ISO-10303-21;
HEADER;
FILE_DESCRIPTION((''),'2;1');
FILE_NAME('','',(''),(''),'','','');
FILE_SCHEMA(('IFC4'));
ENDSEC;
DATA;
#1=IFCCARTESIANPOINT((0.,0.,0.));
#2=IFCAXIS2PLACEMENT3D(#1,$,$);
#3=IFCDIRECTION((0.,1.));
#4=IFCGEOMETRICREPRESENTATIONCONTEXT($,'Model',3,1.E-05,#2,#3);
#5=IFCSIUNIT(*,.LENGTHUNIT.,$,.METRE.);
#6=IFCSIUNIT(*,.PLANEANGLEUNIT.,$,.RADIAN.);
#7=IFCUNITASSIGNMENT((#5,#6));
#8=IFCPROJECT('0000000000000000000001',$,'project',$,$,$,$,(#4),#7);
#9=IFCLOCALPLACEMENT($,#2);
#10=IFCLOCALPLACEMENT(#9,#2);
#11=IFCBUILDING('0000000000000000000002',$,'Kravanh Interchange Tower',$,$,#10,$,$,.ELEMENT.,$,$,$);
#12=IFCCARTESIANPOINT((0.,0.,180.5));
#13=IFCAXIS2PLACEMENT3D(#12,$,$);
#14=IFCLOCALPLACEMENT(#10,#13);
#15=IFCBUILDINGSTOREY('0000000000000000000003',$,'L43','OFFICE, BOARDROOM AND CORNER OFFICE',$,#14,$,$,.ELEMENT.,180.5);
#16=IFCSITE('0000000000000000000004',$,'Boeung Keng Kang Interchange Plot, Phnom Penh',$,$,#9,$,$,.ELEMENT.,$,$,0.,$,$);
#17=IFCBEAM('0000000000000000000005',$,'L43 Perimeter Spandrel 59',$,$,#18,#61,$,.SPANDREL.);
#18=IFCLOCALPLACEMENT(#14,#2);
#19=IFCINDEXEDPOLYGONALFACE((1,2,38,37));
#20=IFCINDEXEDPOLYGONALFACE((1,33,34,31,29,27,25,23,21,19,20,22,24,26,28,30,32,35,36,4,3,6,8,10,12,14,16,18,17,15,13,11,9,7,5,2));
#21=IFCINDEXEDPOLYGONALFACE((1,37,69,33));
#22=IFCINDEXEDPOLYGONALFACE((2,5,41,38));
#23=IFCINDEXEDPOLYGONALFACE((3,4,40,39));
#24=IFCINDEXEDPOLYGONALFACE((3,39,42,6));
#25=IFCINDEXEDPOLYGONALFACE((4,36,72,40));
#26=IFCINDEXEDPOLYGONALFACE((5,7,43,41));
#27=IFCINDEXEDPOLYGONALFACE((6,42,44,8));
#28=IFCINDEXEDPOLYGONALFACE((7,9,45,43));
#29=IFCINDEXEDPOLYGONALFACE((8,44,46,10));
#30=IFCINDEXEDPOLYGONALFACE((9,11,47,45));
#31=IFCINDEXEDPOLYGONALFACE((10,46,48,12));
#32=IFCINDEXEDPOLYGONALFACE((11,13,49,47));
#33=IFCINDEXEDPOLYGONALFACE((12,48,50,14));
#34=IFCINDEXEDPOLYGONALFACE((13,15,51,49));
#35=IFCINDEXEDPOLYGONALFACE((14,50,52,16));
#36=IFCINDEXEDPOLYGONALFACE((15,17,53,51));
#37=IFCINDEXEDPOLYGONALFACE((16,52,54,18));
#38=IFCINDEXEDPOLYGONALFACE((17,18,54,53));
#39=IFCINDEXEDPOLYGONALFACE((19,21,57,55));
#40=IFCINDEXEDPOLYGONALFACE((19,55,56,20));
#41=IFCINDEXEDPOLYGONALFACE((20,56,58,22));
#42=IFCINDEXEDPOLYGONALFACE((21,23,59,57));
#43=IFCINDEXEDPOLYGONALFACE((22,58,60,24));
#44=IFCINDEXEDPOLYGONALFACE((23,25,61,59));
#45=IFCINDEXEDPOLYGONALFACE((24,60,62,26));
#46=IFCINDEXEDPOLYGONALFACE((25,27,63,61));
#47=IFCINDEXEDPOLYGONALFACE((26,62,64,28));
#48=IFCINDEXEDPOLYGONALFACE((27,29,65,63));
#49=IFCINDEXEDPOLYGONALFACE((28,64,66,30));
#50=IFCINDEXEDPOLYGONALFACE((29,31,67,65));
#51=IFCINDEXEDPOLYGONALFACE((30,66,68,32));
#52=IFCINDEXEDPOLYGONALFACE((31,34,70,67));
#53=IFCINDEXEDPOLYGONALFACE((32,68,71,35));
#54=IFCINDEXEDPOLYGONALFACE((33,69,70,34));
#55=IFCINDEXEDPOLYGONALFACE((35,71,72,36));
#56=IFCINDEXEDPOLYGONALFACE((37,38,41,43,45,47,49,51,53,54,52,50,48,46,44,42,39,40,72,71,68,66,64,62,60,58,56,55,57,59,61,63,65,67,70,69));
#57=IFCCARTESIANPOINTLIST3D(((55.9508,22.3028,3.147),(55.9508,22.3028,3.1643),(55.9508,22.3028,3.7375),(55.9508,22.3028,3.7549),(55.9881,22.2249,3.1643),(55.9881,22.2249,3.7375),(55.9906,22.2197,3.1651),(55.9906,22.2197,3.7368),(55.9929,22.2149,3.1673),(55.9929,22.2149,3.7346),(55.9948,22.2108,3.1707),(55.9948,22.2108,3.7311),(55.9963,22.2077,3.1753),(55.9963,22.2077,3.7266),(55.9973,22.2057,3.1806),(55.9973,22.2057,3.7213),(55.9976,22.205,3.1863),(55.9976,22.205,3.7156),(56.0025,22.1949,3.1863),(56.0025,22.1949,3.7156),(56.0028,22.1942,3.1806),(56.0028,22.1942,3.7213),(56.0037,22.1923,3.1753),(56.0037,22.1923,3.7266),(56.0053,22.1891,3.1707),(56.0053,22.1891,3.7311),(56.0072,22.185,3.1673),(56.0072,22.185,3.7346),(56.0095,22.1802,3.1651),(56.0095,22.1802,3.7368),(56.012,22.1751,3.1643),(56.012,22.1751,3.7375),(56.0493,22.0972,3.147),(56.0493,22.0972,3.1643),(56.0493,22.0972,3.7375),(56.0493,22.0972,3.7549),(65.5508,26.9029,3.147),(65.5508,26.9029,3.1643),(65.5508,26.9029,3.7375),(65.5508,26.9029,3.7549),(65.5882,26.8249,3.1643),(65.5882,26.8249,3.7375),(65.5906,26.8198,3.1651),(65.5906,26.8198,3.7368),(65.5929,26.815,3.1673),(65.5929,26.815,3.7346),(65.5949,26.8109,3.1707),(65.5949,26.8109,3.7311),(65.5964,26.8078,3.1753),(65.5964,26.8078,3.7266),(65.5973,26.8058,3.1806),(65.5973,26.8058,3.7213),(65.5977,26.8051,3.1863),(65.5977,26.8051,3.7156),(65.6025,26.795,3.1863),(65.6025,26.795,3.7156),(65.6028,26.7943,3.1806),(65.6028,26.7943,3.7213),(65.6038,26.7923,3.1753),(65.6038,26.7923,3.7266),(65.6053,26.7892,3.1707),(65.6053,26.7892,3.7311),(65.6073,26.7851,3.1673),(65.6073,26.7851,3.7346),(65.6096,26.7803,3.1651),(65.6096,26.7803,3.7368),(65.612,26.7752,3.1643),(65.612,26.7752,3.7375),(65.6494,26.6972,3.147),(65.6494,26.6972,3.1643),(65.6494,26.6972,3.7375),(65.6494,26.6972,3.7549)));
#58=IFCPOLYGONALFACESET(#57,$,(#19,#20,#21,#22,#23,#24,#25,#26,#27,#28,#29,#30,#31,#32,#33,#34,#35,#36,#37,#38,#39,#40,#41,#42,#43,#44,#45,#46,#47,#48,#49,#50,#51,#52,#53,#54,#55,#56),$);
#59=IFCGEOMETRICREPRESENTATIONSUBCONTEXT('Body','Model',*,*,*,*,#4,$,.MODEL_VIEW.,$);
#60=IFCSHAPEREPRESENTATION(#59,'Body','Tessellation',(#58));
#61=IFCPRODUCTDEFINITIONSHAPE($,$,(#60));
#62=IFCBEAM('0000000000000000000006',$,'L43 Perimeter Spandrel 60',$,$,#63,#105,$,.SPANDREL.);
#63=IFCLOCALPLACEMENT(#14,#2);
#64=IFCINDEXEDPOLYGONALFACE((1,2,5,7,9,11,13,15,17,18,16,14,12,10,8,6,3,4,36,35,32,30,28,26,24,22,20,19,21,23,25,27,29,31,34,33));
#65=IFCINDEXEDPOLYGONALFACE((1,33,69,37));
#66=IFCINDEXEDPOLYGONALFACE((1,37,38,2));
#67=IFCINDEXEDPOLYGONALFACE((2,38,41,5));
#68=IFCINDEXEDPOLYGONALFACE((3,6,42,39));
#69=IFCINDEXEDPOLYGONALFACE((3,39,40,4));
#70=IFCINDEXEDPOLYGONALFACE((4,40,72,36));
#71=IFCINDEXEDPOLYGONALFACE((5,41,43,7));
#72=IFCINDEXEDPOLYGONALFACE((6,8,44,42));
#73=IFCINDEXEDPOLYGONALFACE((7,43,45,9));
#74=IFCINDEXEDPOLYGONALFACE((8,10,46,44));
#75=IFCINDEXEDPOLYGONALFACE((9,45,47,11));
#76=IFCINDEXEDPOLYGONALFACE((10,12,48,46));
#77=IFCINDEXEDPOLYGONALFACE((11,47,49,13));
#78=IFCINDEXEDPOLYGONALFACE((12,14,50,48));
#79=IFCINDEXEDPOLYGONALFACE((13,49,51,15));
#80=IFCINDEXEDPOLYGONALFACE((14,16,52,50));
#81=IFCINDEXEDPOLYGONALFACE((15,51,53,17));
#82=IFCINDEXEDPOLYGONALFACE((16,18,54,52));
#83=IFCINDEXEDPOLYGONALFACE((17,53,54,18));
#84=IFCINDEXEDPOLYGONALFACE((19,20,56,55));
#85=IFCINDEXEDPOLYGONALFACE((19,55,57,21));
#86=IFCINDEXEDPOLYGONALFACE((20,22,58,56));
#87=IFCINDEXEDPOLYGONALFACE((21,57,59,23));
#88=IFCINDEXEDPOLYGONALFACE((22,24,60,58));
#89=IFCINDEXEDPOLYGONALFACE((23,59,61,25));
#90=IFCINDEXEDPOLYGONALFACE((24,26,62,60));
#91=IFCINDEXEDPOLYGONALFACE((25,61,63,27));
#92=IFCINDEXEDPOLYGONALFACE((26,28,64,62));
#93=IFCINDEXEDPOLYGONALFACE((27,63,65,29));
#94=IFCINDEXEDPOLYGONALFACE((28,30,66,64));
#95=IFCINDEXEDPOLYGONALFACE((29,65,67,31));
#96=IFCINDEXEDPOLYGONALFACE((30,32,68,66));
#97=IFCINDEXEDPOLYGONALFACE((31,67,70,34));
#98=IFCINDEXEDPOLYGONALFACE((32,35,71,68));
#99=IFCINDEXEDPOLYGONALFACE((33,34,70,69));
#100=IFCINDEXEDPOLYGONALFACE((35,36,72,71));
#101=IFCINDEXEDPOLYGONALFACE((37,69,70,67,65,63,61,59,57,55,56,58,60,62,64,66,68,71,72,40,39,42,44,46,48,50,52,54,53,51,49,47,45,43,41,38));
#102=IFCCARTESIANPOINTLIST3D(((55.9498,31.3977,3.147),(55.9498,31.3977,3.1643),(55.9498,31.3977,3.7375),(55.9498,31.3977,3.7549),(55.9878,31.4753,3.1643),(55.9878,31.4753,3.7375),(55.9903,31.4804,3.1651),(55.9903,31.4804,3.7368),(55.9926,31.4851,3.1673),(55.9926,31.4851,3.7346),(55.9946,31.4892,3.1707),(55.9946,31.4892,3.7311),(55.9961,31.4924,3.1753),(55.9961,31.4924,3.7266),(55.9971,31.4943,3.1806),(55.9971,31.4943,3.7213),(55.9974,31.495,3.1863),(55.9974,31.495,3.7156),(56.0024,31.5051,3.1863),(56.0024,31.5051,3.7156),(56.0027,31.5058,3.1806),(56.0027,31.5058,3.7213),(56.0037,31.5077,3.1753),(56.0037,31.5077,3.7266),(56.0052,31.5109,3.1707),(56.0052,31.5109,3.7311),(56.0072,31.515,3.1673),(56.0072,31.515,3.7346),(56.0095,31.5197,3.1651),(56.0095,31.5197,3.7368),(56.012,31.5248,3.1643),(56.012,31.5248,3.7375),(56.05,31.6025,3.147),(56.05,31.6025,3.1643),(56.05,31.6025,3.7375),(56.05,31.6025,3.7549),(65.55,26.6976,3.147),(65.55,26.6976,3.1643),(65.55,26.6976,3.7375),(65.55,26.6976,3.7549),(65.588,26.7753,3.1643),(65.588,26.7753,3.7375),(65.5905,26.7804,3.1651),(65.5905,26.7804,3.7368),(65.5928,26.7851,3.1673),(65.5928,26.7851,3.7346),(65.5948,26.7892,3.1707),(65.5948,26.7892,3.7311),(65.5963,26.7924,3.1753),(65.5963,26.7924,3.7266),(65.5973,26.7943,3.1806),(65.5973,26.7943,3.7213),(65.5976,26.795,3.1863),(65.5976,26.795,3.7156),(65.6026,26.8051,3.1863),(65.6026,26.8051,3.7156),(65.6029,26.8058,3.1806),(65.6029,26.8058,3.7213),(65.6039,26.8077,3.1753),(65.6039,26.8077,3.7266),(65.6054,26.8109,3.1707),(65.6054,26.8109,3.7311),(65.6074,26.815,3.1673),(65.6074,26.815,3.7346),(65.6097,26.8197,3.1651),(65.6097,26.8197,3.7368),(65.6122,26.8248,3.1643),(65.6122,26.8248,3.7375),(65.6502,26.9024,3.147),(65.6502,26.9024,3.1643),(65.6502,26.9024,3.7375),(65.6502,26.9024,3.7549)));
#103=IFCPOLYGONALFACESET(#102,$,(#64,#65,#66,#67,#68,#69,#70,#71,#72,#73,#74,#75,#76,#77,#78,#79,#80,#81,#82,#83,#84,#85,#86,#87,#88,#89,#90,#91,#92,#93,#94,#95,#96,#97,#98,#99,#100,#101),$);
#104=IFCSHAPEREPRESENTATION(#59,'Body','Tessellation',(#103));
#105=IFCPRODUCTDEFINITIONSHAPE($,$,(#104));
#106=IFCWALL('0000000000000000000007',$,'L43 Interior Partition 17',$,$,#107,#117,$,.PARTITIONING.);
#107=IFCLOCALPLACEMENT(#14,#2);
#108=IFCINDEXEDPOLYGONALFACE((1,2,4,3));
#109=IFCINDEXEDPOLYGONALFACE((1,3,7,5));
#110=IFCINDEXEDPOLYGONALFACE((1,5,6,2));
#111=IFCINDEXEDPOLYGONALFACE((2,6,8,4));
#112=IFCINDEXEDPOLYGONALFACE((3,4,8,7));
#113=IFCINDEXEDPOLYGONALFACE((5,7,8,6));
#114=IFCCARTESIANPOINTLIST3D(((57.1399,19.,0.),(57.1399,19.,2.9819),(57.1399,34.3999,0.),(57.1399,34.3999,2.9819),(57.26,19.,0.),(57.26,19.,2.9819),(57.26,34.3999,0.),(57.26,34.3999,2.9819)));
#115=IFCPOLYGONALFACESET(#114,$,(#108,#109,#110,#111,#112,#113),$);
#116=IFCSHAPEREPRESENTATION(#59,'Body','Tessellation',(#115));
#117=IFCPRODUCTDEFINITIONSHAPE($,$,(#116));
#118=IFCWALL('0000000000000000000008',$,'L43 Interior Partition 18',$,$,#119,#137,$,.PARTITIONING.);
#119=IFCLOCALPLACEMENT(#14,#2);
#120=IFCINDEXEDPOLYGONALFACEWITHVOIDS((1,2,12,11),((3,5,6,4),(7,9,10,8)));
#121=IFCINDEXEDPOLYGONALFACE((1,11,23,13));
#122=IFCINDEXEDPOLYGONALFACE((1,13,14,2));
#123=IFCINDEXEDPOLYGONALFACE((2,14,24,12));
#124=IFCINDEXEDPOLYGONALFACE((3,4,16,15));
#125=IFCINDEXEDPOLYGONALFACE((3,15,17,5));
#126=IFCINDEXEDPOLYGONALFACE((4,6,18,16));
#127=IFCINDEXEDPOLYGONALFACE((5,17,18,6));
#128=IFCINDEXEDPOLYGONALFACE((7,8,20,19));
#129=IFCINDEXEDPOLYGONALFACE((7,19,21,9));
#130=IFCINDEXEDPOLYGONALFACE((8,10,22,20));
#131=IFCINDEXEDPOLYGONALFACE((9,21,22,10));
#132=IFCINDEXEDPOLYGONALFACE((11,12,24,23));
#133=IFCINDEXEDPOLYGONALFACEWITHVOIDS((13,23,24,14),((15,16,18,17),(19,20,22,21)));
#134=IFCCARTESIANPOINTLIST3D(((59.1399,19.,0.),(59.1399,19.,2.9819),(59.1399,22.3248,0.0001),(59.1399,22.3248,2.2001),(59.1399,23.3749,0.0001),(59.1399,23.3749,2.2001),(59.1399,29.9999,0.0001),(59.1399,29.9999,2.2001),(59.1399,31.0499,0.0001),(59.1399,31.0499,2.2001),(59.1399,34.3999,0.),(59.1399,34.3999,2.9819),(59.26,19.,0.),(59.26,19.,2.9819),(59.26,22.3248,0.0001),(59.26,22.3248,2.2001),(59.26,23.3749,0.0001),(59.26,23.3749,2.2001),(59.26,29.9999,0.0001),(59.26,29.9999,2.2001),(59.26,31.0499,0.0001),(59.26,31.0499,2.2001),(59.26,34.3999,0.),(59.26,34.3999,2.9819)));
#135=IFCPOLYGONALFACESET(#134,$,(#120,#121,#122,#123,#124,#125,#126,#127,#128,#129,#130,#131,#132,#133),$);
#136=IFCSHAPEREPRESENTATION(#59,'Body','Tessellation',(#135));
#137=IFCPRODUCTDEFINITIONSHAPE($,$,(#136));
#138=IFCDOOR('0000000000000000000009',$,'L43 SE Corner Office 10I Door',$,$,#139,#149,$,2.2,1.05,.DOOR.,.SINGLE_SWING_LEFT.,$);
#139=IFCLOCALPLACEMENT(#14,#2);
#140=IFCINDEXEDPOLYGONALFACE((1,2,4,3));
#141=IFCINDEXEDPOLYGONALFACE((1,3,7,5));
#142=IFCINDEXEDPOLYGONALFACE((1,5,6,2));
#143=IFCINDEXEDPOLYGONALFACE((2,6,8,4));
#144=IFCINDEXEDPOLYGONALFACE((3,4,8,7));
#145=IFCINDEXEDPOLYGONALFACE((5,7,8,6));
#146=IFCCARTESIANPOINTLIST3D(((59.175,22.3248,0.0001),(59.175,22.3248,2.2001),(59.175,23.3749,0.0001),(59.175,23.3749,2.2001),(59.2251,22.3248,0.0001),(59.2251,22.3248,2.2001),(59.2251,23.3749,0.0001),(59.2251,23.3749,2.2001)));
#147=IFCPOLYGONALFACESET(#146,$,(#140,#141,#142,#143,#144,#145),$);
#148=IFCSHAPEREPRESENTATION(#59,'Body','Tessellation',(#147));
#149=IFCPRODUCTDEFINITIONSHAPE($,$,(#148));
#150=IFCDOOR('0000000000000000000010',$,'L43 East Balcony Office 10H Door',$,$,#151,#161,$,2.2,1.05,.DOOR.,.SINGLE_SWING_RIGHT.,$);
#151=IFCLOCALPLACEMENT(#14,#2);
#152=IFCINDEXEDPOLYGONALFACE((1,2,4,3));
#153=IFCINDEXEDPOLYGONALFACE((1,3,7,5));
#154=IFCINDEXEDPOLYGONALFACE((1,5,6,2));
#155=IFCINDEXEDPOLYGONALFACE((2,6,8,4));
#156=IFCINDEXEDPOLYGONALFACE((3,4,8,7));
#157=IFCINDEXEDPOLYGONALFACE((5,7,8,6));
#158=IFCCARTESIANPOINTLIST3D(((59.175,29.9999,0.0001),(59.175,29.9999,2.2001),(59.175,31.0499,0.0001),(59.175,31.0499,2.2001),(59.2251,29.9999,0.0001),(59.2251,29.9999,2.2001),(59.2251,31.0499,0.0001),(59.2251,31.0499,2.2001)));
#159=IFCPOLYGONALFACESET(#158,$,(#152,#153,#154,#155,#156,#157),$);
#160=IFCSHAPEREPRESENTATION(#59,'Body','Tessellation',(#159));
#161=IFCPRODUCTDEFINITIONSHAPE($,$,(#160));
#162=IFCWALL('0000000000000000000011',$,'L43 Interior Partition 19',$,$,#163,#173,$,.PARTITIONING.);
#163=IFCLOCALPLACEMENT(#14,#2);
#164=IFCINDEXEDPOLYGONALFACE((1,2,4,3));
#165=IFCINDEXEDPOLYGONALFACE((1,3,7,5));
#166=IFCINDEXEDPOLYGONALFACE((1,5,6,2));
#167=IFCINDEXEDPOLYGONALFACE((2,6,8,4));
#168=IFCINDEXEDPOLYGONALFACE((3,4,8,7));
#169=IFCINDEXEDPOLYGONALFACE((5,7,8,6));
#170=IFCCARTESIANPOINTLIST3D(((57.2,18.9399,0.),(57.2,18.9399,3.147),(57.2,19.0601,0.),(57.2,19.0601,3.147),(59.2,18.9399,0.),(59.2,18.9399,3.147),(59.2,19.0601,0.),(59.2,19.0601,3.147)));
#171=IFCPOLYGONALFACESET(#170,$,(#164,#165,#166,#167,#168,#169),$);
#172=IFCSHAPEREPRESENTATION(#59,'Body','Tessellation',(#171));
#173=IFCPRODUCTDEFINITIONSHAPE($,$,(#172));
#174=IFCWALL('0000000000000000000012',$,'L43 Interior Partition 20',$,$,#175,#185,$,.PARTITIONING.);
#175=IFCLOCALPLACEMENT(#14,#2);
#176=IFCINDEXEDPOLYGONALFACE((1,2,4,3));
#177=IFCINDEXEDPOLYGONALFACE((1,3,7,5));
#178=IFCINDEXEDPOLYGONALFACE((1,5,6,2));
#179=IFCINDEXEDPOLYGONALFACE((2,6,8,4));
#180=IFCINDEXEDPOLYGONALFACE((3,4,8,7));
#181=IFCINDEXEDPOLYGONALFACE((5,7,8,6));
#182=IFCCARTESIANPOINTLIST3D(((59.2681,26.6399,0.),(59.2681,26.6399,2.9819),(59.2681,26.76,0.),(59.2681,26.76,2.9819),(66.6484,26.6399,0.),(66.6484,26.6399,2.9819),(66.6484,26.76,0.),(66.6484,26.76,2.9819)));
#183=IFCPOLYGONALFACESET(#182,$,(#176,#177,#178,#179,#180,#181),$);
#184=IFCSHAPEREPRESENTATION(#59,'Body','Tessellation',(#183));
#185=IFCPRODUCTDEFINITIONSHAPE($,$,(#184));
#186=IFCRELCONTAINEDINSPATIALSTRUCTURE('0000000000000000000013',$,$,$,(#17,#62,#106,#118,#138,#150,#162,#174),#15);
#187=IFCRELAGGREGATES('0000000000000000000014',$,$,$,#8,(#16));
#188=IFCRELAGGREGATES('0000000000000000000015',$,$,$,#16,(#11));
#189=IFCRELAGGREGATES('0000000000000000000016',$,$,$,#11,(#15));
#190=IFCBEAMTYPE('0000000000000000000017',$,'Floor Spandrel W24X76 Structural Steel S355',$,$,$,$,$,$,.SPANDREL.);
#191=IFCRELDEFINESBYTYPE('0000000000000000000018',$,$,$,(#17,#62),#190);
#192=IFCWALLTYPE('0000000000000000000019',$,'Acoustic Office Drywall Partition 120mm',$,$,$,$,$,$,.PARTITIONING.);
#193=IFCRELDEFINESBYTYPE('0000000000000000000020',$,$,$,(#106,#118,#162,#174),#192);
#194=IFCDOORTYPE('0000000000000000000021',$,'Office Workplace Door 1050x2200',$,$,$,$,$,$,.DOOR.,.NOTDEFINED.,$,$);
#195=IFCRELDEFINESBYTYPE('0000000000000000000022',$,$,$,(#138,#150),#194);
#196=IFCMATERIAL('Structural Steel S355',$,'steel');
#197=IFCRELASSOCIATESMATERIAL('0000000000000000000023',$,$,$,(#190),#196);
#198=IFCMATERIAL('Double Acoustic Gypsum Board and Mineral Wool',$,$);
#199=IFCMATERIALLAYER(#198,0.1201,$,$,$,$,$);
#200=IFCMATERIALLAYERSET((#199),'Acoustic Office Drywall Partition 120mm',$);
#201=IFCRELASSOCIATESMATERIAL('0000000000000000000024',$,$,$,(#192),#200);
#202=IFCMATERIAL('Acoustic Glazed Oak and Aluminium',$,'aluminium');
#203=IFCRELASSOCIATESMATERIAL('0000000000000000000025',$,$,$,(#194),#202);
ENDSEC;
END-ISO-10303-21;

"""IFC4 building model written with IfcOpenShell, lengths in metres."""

from ifc_helpers import new_model, si_unit, direction, frame, frame_2d, origin, origin_2d, place, context, subcontext, project, spatial, rectangle, i_section, extrude, material, layer, layer_set, material_profile, profile_set, type_object, element, fill, save


model = new_model("IFC4")

# Units and contexts
model_context = context("Model", 3, precision=1e-05, world=origin(), true_north=direction((0.0, 1.0)))
body_context = subcontext(model_context, "Body", "Model", "MODEL_VIEW")
ifc_project = project(units=[si_unit("LENGTHUNIT", "METRE"), si_unit("PLANEANGLEUNIT", "RADIAN")], contexts=[model_context])

# Site, building, storey
site_placement = place(None, origin())
site = spatial("IfcSite", under=ifc_project, at=site_placement, Name="Boeung Keng Kang Interchange Plot, Phnom Penh", CompositionType="ELEMENT", RefElevation=0.0)
building_placement = place(site_placement, origin())
building = spatial("IfcBuilding", under=site, at=building_placement, Name="Kravanh Interchange Tower", CompositionType="ELEMENT")
storey_placement = place(building_placement, frame((0.0, 0.0, 180.5)))
storey = spatial("IfcBuildingStorey", under=building, at=storey_placement, Name="L43", Description="OFFICE, BOARDROOM AND CORNER OFFICE", CompositionType="ELEMENT", Elevation=180.5)

# Beams
ifc_material_1 = material(Name="Structural Steel S355", Category="steel")
ifc_material_profile_1 = material_profile(ifc_material_1, i_section(OverallWidth=0.228, OverallDepth=0.6079, WebThickness=0.0112, FlangeThickness=0.0173, FilletRadius=0.022, at=origin_2d()), Name="W24X76")
ifc_profile_set_1 = profile_set([ifc_material_profile_1], Name="Structural Steel S355")
beam_type_1 = type_object("IfcBeamType", Name="Floor Spandrel W24X76 Structural Steel S355", PredefinedType="SPANDREL", material=ifc_profile_set_1)
beam_1_placement = place(storey_placement, frame((65.6001, 26.8, 3.4509), z_axis=(-0.901814, -0.432124, 0.0), x_axis=(0.432124, -0.901814, 0.0)))
element("IfcBeam", 1, at=beam_1_placement, inside=storey, type_object=beam_type_1, Name="L43 Perimeter Spandrel 59", PredefinedType="SPANDREL", context=body_context, shape_type="SweptSolid", body=[
    extrude(i_section(OverallWidth=0.228, OverallDepth=0.6079, WebThickness=0.0112, FlangeThickness=0.0173, FilletRadius=0.022, at=origin_2d()), origin(), (0.0, 0.0, 1.0), 10.6453),
])
beam_2_placement = place(storey_placement, frame((65.6001, 26.8, 3.4509), z_axis=(-0.898142, 0.439706, 0.0), x_axis=(-0.439706, -0.898142, 0.0)))
element("IfcBeam", 2, at=beam_2_placement, inside=storey, type_object=beam_type_1, Name="L43 Perimeter Spandrel 60", PredefinedType="SPANDREL", context=body_context, shape_type="SweptSolid", body=[
    extrude(i_section(OverallWidth=0.228, OverallDepth=0.6079, WebThickness=0.0112, FlangeThickness=0.0173, FilletRadius=0.022, at=origin_2d()), origin(), (0.0, 0.0, 1.0), 10.689),
])

# Wall
ifc_material_2 = material(Name="Double Acoustic Gypsum Board and Mineral Wool")
ifc_layer_1 = layer(ifc_material_2, 0.1201)
ifc_layer_set_1 = layer_set([ifc_layer_1], Name="Acoustic Office Drywall Partition 120mm")
wall_type = type_object("IfcWallType", Name="Acoustic Office Drywall Partition 120mm", PredefinedType="PARTITIONING", material=ifc_layer_set_1)
wall_1_placement = place(storey_placement, frame((57.2, 19.0, 0.0), z_axis=(0.0, 0.0, 1.0), x_axis=(0.0, 1.0, 0.0)))
element("IfcWall", 3, at=wall_1_placement, inside=storey, type_object=wall_type, Name="L43 Interior Partition 17", PredefinedType="PARTITIONING", context=body_context, shape_type="SweptSolid", body=[
    extrude(rectangle(XDim=15.3999, YDim=0.1201, at=frame_2d((7.7, 0.0))), origin(), (0.0, 0.0, 1.0), 2.9819),
])

# Wall, openings, doors
wall_2_placement = place(storey_placement, frame((59.2, 19.0, 0.0), z_axis=(0.0, 0.0, 1.0), x_axis=(0.0, 1.0, 0.0)))
wall_2 = element("IfcWall", 4, at=wall_2_placement, inside=storey, type_object=wall_type, Name="L43 Interior Partition 18", PredefinedType="PARTITIONING", context=body_context, shape_type="SweptSolid", body=[
    extrude(rectangle(XDim=15.3999, YDim=0.1201, at=frame_2d((7.7, 0.0))), origin(), (0.0, 0.0, 1.0), 2.9819),
])
opening_1_placement = place(wall_2_placement, frame((3.325, 0.0, 0.0)))
opening_1 = element("IfcOpeningElement", 5, at=opening_1_placement, cuts=wall_2, PredefinedType="OPENING", context=body_context, shape_type="SweptSolid", body=[
    extrude(rectangle(XDim=1.05, YDim=2.2, at=frame_2d((0.5249, 1.1001))), frame((0.0, 0.0701, 0.0), z_axis=(0.0, -1.0, 0.0), x_axis=(1.0, 0.0, 0.0)), (0.0, 0.0, 1.0), 0.1401),
])
opening_2_placement = place(wall_2_placement, frame((11.0, 0.0, 0.0)))
opening_2 = element("IfcOpeningElement", 6, at=opening_2_placement, cuts=wall_2, PredefinedType="OPENING", context=body_context, shape_type="SweptSolid", body=[
    extrude(rectangle(XDim=1.05, YDim=2.2, at=frame_2d((0.5249, 1.1001))), frame((0.0, 0.0701, 0.0), z_axis=(0.0, -1.0, 0.0), x_axis=(1.0, 0.0, 0.0)), (0.0, 0.0, 1.0), 0.1401),
])
ifc_material_3 = material(Name="Acoustic Glazed Oak and Aluminium", Category="aluminium")
door_type = type_object("IfcDoorType", Name="Office Workplace Door 1050x2200", OperationType="NOTDEFINED", PredefinedType="DOOR", material=ifc_material_3)
door_1_placement = place(opening_1_placement, origin())
door_1 = element("IfcDoor", 7, at=door_1_placement, inside=storey, type_object=door_type, Name="L43 SE Corner Office 10I Door", OperationType="SINGLE_SWING_LEFT", OverallHeight=2.2, OverallWidth=1.05, PredefinedType="DOOR", context=body_context, shape_type="SweptSolid", body=[
    extrude(rectangle(XDim=1.05, YDim=2.2, at=frame_2d((0.5249, 1.1001))), frame((0.0, 0.0249, 0.0), z_axis=(0.0, -1.0, 0.0), x_axis=(1.0, 0.0, 0.0)), (0.0, 0.0, 1.0), 0.05),
])
fill(opening_1, door_1)
door_2_placement = place(opening_2_placement, origin())
door_2 = element("IfcDoor", 8, at=door_2_placement, inside=storey, type_object=door_type, Name="L43 East Balcony Office 10H Door", OperationType="SINGLE_SWING_RIGHT", OverallHeight=2.2, OverallWidth=1.05, PredefinedType="DOOR", context=body_context, shape_type="SweptSolid", body=[
    extrude(rectangle(XDim=1.05, YDim=2.2, at=frame_2d((0.5249, 1.1001))), frame((0.0, 0.0249, 0.0), z_axis=(0.0, -1.0, 0.0), x_axis=(1.0, 0.0, 0.0)), (0.0, 0.0, 1.0), 0.05),
])
fill(opening_2, door_2)

# Walls
wall_3_placement = place(storey_placement, frame((57.2, 19.0, 0.0), z_axis=(0.0, 0.0, 1.0), x_axis=(1.0, 0.0, 0.0)))
element("IfcWall", 9, at=wall_3_placement, inside=storey, type_object=wall_type, Name="L43 Interior Partition 19", PredefinedType="PARTITIONING", context=body_context, shape_type="SweptSolid", body=[
    extrude(rectangle(XDim=2.0, YDim=0.1201, at=frame_2d((1.0, 0.0))), origin(), (0.0, 0.0, 1.0), 3.147),
])
wall_4_placement = place(storey_placement, frame((59.2681, 26.7, 0.0), z_axis=(0.0, 0.0, 1.0), x_axis=(1.0, 0.0, 0.0)))
element("IfcWall", 10, at=wall_4_placement, inside=storey, type_object=wall_type, Name="L43 Interior Partition 20", PredefinedType="PARTITIONING", context=body_context, shape_type="SweptSolid", body=[
    extrude(rectangle(XDim=7.3804, YDim=0.1201, at=frame_2d((3.6902, 0.0))), origin(), (0.0, 0.0, 1.0), 2.9819),
])

save(model, "model.ifc")
